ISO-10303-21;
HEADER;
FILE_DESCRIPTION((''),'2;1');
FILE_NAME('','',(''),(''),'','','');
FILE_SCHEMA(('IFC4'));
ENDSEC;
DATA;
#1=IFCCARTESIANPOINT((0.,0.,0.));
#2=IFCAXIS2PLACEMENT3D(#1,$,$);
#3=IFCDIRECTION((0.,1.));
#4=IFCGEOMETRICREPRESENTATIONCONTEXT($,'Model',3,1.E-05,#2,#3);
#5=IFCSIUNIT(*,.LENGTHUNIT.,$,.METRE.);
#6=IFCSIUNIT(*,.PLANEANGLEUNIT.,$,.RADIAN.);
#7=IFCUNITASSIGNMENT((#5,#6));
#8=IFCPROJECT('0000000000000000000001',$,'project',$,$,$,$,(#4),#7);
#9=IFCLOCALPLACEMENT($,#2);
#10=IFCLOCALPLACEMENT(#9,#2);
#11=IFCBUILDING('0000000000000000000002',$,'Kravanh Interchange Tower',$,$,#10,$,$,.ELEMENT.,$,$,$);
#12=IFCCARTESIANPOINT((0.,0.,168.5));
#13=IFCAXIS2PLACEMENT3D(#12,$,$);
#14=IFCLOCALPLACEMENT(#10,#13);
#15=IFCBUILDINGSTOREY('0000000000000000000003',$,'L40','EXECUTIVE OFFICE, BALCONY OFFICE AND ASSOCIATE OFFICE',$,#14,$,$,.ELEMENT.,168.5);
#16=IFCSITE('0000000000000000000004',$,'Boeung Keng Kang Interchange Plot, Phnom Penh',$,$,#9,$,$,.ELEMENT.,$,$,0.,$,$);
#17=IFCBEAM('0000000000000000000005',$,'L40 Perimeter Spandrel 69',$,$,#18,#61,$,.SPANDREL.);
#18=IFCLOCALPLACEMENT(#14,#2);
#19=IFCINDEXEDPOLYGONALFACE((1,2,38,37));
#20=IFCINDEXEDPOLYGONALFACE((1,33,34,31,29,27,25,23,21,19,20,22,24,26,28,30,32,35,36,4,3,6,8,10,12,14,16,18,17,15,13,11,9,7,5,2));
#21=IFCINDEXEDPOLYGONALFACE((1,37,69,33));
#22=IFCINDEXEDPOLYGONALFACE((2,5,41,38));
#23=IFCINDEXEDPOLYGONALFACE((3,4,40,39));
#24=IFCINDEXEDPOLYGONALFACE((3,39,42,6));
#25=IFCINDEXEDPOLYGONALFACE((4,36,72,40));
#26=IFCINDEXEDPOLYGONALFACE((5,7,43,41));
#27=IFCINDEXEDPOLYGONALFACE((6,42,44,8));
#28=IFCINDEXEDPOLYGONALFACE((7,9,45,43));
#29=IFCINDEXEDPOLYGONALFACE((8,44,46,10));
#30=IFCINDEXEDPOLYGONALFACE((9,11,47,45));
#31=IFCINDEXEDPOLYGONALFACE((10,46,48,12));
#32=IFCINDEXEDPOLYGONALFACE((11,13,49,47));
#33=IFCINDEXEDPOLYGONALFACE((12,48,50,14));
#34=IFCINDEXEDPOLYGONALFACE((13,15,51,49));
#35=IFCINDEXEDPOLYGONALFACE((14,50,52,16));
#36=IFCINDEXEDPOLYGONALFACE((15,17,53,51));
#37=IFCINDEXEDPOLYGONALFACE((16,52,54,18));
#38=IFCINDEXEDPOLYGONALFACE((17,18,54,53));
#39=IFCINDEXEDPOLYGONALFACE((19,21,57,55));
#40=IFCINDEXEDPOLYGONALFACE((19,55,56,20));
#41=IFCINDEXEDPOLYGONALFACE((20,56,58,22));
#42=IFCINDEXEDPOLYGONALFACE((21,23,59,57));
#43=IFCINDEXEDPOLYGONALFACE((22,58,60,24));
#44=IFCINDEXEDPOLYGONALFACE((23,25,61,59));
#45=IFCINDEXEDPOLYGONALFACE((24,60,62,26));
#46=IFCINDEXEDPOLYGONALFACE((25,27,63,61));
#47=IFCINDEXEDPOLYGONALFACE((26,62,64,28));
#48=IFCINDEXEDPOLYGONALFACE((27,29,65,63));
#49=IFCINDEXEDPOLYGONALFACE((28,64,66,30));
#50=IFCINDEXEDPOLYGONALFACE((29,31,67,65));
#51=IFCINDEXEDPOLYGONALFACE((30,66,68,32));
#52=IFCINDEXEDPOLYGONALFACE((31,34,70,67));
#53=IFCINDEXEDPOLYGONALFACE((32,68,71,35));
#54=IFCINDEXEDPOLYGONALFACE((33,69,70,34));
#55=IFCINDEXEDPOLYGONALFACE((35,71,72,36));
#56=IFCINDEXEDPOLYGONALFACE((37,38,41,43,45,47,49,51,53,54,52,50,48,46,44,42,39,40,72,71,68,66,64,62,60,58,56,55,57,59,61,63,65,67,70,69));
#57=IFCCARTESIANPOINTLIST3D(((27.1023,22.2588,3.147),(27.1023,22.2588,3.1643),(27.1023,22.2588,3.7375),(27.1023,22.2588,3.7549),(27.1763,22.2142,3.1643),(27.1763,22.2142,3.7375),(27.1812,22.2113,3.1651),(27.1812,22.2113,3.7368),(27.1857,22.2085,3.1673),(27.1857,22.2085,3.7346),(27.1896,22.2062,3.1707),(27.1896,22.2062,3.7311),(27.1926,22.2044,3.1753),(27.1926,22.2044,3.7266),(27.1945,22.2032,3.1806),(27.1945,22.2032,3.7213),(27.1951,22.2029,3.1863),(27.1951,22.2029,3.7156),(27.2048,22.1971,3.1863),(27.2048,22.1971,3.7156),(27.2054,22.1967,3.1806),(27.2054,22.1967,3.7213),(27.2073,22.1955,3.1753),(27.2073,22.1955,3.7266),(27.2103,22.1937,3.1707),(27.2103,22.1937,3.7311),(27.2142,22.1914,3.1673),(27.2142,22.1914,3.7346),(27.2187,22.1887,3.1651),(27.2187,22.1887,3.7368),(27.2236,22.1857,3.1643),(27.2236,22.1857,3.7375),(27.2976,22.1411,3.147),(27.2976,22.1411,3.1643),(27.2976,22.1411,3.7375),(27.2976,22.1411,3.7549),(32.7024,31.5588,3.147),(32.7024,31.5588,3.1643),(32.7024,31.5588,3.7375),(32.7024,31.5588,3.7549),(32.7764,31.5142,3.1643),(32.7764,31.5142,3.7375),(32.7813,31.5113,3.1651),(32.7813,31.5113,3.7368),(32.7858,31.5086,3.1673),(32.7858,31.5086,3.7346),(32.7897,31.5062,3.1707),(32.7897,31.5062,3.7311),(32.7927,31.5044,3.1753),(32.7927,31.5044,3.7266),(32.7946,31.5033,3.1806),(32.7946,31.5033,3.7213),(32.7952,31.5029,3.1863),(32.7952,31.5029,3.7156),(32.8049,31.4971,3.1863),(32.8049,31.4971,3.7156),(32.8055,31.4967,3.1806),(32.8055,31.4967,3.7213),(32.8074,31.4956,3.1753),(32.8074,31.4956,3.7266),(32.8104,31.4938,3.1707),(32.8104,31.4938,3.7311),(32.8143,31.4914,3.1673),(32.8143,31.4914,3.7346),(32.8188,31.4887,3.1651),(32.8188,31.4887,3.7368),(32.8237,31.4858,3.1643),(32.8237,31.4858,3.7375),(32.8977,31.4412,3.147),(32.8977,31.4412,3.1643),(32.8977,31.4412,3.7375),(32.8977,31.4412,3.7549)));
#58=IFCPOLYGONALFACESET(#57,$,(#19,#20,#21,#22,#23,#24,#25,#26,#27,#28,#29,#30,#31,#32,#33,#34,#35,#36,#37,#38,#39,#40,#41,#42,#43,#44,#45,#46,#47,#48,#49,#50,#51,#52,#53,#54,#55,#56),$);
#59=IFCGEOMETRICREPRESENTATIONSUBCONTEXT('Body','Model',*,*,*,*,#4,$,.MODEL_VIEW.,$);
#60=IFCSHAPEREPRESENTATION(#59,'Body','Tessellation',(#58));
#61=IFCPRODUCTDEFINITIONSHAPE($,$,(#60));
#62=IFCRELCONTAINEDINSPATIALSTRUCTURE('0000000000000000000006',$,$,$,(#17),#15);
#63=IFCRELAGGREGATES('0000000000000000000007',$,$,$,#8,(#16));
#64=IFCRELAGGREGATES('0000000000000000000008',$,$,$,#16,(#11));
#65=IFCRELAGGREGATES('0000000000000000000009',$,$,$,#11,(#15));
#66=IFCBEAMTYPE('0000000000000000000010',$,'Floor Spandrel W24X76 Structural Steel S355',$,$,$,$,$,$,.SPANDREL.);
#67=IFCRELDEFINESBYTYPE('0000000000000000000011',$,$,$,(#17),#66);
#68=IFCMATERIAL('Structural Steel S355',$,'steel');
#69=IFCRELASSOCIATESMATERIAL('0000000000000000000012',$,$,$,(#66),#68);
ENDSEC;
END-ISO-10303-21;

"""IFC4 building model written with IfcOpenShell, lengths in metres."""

from ifc_helpers import new_model, si_unit, direction, frame, origin, origin_2d, place, context, subcontext, project, spatial, i_section, extrude, material, material_profile, profile_set, type_object, element, save


model = new_model("IFC4")

# Units and contexts
model_context = context("Model", 3, precision=1e-05, world=origin(), true_north=direction((0.0, 1.0)))
body_context = subcontext(model_context, "Body", "Model", "MODEL_VIEW")
ifc_project = project(units=[si_unit("LENGTHUNIT", "METRE"), si_unit("PLANEANGLEUNIT", "RADIAN")], contexts=[model_context])

# Site, building, storey
site_placement = place(None, origin())
site = spatial("IfcSite", under=ifc_project, at=site_placement, Name="Boeung Keng Kang Interchange Plot, Phnom Penh", CompositionType="ELEMENT", RefElevation=0.0)
building_placement = place(site_placement, origin())
building = spatial("IfcBuilding", under=site, at=building_placement, Name="Kravanh Interchange Tower", CompositionType="ELEMENT")
storey_placement = place(building_placement, frame((0.0, 0.0, 168.5)))
storey = spatial("IfcBuildingStorey", under=building, at=storey_placement, Name="L40", Description="EXECUTIVE OFFICE, BALCONY OFFICE AND ASSOCIATE OFFICE", CompositionType="ELEMENT", Elevation=168.5)

# Beam
ifc_material_1 = material(Name="Structural Steel S355", Category="steel")
ifc_material_profile_1 = material_profile(ifc_material_1, i_section(OverallWidth=0.228, OverallDepth=0.6079, WebThickness=0.0112, FlangeThickness=0.0173, FilletRadius=0.022, at=origin_2d()), Name="W24X76")
ifc_profile_set_1 = profile_set([ifc_material_profile_1], Name="Structural Steel S355")
beam_type_1 = type_object("IfcBeamType", Name="Floor Spandrel W24X76 Structural Steel S355", PredefinedType="SPANDREL", material=ifc_profile_set_1)
beam_1_placement = place(storey_placement, frame((32.8, 31.5, 3.4509), z_axis=(-0.515854, -0.856676, 0.0), x_axis=(0.856676, -0.515854, 0.0)))
element("IfcBeam", 1, at=beam_1_placement, inside=storey, type_object=beam_type_1, Name="L40 Perimeter Spandrel 69", PredefinedType="SPANDREL", context=body_context, shape_type="SweptSolid", body=[
    extrude(i_section(OverallWidth=0.228, OverallDepth=0.6079, WebThickness=0.0112, FlangeThickness=0.0173, FilletRadius=0.022, at=origin_2d()), origin(), (0.0, 0.0, 1.0), 10.856),
])

save(model, "model.ifc")
